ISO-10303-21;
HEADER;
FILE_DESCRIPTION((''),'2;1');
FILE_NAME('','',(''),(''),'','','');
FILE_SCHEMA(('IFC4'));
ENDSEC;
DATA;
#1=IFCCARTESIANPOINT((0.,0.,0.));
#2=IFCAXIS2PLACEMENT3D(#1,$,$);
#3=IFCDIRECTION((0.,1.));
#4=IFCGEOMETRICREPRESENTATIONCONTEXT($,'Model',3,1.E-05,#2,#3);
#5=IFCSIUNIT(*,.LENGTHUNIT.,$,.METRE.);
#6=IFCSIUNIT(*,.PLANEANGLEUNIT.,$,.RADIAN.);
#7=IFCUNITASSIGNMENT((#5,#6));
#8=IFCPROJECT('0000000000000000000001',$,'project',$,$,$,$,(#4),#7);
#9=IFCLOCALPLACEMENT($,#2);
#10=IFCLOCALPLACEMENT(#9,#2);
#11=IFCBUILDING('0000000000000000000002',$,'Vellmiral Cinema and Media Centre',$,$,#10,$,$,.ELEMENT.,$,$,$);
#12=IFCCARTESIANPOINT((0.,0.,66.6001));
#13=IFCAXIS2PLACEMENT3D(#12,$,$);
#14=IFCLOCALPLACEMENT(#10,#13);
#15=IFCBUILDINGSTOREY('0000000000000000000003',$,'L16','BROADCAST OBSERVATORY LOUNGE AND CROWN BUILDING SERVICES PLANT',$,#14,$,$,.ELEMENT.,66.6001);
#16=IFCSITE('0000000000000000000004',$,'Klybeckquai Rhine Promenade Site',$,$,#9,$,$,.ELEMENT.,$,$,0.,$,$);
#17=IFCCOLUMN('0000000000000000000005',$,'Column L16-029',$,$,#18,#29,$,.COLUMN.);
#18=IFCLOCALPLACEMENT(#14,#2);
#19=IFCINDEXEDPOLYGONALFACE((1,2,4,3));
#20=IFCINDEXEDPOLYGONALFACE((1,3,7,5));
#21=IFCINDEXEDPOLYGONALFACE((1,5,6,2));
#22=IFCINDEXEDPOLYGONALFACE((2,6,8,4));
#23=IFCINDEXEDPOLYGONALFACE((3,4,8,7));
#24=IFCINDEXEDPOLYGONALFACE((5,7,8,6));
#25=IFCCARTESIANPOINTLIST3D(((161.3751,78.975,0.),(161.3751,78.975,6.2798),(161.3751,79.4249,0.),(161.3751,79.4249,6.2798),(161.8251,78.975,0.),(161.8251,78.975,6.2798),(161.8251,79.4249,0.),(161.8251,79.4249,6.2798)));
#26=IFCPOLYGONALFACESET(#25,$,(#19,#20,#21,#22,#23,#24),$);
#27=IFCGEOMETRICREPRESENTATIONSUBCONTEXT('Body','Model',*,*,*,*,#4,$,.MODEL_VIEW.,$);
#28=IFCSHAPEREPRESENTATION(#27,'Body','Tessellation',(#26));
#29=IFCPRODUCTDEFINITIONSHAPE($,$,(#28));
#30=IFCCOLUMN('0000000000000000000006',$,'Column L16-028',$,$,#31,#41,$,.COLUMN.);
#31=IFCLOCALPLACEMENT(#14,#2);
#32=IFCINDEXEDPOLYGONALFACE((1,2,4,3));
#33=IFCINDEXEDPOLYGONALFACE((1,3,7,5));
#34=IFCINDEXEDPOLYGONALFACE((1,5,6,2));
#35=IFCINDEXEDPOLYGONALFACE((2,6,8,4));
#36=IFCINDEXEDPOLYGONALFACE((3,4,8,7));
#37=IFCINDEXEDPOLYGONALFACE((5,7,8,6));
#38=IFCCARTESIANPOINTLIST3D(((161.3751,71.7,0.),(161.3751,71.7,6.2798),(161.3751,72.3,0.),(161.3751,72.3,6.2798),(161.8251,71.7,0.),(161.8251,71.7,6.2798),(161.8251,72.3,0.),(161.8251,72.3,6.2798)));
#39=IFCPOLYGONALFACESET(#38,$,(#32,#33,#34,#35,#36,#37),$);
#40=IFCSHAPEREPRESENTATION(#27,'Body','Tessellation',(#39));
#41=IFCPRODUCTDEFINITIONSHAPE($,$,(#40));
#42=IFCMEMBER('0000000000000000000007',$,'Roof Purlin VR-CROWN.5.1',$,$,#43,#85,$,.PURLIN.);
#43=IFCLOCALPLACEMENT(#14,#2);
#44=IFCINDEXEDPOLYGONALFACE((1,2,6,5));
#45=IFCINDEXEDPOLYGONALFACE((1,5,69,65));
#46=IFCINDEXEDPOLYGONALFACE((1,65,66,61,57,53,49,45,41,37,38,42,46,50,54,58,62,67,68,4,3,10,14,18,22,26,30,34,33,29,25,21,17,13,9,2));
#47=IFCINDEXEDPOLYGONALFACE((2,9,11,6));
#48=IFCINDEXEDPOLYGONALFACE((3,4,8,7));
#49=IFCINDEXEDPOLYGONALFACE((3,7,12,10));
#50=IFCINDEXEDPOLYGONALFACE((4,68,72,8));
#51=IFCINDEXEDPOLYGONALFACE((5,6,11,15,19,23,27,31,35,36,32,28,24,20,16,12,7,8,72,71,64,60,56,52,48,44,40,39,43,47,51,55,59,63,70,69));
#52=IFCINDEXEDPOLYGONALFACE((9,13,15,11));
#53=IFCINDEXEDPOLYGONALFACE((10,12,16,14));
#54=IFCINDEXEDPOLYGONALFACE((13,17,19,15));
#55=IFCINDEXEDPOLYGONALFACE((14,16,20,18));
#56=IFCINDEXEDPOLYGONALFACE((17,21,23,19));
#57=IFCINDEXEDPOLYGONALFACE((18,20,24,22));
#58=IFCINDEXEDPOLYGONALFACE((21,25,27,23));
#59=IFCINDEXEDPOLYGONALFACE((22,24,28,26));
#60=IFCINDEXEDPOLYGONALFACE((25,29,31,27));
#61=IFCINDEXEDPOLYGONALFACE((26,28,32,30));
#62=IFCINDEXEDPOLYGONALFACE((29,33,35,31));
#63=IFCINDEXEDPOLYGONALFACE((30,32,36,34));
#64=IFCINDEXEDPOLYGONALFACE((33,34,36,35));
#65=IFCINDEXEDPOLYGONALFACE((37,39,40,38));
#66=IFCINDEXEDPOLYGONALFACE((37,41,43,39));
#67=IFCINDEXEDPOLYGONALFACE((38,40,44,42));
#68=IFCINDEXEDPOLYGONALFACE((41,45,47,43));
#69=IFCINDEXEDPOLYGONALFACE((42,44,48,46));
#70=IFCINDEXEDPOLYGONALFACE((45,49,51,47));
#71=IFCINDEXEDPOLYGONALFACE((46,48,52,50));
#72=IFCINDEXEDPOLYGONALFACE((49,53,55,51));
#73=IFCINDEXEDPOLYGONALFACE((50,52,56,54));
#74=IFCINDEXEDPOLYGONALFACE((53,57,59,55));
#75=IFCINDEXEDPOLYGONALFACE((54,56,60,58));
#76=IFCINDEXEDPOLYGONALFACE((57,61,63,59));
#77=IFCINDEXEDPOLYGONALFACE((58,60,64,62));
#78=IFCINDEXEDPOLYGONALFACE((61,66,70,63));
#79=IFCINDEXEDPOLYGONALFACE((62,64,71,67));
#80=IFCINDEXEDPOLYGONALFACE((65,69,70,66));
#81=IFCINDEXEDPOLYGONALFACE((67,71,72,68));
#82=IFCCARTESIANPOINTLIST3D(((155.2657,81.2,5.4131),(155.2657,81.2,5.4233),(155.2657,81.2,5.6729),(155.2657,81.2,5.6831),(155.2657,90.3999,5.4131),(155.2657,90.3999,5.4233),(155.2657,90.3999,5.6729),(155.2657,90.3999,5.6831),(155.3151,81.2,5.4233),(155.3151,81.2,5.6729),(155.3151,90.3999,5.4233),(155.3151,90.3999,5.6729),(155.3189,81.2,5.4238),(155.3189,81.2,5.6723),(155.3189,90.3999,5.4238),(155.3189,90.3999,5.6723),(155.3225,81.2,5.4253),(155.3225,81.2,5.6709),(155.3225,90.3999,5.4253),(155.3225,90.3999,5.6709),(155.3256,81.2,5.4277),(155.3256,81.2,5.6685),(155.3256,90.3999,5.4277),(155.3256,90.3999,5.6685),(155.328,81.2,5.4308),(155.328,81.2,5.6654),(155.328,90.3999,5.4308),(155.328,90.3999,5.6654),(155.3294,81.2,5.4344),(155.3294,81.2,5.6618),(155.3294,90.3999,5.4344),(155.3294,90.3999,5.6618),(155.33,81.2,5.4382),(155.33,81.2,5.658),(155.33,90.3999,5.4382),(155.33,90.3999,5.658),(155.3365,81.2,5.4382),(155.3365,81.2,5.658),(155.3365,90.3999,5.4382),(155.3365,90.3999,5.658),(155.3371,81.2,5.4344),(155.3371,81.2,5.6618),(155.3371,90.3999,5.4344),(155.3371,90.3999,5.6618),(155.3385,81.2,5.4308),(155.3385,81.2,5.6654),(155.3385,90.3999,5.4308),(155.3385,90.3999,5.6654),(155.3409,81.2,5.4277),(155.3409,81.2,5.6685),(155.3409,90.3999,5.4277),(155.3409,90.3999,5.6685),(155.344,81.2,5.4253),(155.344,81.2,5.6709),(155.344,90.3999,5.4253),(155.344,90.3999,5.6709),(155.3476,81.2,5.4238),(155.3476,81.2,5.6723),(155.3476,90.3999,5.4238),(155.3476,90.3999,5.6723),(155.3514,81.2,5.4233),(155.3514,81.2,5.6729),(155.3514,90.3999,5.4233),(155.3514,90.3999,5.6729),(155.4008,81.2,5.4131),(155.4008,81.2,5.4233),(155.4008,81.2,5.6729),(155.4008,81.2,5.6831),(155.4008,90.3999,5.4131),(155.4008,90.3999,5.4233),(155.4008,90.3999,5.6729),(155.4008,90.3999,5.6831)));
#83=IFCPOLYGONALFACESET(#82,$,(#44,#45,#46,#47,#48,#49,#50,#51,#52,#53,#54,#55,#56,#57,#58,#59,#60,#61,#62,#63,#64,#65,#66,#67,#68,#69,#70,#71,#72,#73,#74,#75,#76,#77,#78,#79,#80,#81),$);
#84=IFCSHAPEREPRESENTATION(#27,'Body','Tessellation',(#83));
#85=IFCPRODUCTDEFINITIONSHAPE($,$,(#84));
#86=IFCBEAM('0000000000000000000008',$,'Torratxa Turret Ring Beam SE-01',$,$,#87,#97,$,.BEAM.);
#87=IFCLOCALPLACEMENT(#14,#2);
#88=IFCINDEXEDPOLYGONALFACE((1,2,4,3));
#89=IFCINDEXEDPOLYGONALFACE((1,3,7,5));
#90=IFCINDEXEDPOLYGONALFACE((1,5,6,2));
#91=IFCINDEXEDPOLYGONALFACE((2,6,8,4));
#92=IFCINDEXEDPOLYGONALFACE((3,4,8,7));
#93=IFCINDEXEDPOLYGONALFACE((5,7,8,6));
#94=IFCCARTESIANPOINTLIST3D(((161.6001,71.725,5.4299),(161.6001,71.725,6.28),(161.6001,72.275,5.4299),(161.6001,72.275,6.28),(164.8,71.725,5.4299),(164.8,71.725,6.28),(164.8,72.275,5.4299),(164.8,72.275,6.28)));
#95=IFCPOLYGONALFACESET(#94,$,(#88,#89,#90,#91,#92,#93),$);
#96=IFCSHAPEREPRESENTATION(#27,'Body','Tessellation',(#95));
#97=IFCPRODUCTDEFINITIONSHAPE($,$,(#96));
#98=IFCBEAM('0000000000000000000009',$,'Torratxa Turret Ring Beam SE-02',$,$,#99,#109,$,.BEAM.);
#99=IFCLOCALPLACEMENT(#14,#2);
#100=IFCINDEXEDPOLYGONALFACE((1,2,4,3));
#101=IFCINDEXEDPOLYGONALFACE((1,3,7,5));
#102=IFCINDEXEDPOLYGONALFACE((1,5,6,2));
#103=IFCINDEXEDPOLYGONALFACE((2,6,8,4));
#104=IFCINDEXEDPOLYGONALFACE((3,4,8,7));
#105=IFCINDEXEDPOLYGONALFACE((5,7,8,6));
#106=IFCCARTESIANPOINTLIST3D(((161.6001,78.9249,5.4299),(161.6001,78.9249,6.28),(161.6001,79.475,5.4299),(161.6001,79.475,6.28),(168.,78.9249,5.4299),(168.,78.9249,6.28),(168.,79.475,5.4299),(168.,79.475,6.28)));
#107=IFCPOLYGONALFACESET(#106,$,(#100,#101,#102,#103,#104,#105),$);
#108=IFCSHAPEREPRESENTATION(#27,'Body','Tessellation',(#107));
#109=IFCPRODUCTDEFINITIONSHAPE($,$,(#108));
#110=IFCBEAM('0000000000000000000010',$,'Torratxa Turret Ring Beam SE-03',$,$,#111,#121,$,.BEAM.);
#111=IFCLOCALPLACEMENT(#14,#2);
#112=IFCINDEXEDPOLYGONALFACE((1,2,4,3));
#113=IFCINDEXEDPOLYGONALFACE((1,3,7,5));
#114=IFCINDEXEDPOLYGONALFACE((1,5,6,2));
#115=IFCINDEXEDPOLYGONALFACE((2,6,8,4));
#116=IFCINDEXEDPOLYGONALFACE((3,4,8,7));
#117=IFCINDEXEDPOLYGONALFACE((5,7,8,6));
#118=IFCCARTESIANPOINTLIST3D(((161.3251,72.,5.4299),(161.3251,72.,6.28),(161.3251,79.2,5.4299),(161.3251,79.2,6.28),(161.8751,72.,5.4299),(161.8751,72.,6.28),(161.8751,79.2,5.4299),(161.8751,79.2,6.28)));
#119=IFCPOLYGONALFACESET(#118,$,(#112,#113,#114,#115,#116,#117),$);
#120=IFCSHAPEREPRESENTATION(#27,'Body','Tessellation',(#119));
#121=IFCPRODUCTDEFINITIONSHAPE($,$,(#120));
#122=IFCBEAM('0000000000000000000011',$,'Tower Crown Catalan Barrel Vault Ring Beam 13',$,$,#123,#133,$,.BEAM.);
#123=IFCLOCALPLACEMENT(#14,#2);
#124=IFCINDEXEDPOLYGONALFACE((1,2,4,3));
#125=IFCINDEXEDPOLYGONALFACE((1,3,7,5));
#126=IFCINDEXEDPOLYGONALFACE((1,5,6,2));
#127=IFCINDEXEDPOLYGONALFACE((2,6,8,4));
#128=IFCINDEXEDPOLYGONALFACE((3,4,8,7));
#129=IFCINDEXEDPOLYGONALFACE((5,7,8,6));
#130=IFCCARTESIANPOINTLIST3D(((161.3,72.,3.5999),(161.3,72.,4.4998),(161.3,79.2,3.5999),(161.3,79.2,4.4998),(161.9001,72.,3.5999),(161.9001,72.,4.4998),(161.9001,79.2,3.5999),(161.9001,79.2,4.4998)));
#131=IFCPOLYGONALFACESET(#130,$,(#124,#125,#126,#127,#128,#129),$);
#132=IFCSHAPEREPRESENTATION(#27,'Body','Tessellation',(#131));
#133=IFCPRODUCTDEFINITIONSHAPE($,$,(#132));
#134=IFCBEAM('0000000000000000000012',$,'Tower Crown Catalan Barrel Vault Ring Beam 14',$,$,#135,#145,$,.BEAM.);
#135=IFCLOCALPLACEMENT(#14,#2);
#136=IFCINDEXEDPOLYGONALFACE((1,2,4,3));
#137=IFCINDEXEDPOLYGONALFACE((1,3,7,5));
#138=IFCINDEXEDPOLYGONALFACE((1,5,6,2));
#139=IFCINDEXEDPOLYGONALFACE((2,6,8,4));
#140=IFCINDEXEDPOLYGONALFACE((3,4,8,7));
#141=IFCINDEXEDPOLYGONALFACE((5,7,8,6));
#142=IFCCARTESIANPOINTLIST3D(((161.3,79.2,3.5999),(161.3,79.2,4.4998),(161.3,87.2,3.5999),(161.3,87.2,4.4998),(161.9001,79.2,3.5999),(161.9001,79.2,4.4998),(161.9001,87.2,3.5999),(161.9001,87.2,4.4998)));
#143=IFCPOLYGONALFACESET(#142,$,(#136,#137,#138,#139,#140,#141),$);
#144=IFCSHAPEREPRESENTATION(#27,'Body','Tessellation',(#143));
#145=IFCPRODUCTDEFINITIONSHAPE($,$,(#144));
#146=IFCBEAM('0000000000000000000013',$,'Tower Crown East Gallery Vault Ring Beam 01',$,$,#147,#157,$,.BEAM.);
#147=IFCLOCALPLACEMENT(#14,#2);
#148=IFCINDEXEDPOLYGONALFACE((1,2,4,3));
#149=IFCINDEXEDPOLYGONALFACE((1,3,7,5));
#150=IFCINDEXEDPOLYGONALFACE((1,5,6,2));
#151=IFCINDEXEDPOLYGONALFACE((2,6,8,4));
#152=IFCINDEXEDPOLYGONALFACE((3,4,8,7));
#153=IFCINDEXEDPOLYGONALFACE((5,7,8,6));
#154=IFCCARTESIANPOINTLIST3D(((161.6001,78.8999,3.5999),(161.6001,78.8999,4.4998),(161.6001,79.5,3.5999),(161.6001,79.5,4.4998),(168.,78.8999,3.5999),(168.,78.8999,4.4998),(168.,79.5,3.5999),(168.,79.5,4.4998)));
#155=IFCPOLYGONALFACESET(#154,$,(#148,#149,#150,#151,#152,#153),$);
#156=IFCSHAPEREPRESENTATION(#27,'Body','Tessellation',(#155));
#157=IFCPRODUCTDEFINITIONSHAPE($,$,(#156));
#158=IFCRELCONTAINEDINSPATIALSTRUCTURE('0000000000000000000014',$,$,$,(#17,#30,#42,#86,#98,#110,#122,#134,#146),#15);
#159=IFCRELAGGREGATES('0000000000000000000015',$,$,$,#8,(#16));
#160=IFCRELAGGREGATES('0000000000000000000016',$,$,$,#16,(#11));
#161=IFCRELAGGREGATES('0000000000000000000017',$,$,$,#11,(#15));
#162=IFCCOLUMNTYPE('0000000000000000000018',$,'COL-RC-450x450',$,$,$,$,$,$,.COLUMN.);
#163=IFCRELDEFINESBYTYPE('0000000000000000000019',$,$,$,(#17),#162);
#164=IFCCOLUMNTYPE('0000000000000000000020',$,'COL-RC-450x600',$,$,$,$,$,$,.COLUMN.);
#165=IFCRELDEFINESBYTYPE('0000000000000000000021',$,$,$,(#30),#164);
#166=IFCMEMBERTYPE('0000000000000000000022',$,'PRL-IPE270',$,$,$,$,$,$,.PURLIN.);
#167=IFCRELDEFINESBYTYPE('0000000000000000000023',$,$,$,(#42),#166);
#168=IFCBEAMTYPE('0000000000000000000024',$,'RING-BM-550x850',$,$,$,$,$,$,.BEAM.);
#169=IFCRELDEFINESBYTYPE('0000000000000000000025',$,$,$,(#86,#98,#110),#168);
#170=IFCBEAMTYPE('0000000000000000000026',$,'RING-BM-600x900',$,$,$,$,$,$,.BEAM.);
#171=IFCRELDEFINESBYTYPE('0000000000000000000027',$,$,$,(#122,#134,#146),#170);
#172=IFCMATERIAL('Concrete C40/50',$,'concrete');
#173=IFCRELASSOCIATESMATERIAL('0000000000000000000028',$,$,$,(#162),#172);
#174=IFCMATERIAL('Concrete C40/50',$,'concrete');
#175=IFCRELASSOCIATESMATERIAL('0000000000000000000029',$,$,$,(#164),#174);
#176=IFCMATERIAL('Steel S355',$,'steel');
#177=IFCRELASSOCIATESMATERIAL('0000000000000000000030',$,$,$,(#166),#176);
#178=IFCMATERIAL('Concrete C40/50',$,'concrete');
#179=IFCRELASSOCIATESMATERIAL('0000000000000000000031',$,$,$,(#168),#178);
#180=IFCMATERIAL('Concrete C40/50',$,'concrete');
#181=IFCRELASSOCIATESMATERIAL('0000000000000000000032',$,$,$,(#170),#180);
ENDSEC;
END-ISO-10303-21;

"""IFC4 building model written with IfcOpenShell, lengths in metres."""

from ifc_helpers import new_model, si_unit, direction, frame, origin, origin_2d, place, context, subcontext, project, spatial, rectangle, i_section, extrude, material, material_profile, profile_set, type_object, element, save


model = new_model("IFC4")

# Units and contexts
model_context = context("Model", 3, precision=1e-05, world=origin(), true_north=direction((0.0, 1.0)))
body_context = subcontext(model_context, "Body", "Model", "MODEL_VIEW")
ifc_project = project(units=[si_unit("LENGTHUNIT", "METRE"), si_unit("PLANEANGLEUNIT", "RADIAN")], contexts=[model_context])

# Site, building, storey
site_placement = place(None, origin())
site = spatial("IfcSite", under=ifc_project, at=site_placement, Name="Klybeckquai Rhine Promenade Site", CompositionType="ELEMENT", RefElevation=0.0)
building_placement = place(site_placement, origin())
building = spatial("IfcBuilding", under=site, at=building_placement, Name="Vellmiral Cinema and Media Centre", CompositionType="ELEMENT")
storey_placement = place(building_placement, frame((0.0, 0.0, 66.6001)))
storey = spatial("IfcBuildingStorey", under=building, at=storey_placement, Name="L16", Description="BROADCAST OBSERVATORY LOUNGE AND CROWN BUILDING SERVICES PLANT", CompositionType="ELEMENT", Elevation=66.6001)

# Columns
ifc_material_1 = material(Name="Concrete C40/50", Category="concrete")
ifc_material_profile_1 = material_profile(ifc_material_1, rectangle(XDim=0.45, YDim=0.45, at=origin_2d()), Name="RC 450x450")
ifc_profile_set_1 = profile_set([ifc_material_profile_1], Name="Concrete C40/50")
column_type_1 = type_object("IfcColumnType", Name="COL-RC-450x450", PredefinedType="COLUMN", material=ifc_profile_set_1)
column_1_placement = place(storey_placement, frame((161.6001, 79.2, 0.0), z_axis=(0.0, 0.0, 1.0), x_axis=(1.0, 0.0, 0.0)))
element("IfcColumn", 1, at=column_1_placement, inside=storey, type_object=column_type_1, Name="Column L16-029", PredefinedType="COLUMN", context=body_context, shape_type="SweptSolid", body=[
    extrude(rectangle(XDim=0.45, YDim=0.45, at=origin_2d()), origin(), (0.0, 0.0, 1.0), 6.2798),
])
ifc_material_2 = material(Name="Concrete C40/50", Category="concrete")
ifc_material_profile_2 = material_profile(ifc_material_2, rectangle(XDim=0.45, YDim=0.6001, at=origin_2d()), Name="RC 450x600")
ifc_profile_set_2 = profile_set([ifc_material_profile_2], Name="Concrete C40/50")
column_type_2 = type_object("IfcColumnType", Name="COL-RC-450x600", PredefinedType="COLUMN", material=ifc_profile_set_2)
column_2_placement = place(storey_placement, frame((161.6001, 72.0, 0.0), z_axis=(0.0, 0.0, 1.0), x_axis=(1.0, 0.0, 0.0)))
element("IfcColumn", 2, at=column_2_placement, inside=storey, type_object=column_type_2, Name="Column L16-028", PredefinedType="COLUMN", context=body_context, shape_type="SweptSolid", body=[
    extrude(rectangle(XDim=0.45, YDim=0.6001, at=origin_2d()), origin(), (0.0, 0.0, 1.0), 6.2798),
])

# Member
ifc_material_3 = material(Name="Steel S355", Category="steel")
ifc_material_profile_3 = material_profile(ifc_material_3, i_section(OverallWidth=0.135, OverallDepth=0.27, WebThickness=0.0066, FlangeThickness=0.0103, FilletRadius=0.0149, at=origin_2d()), Name="IPE 270")
ifc_profile_set_3 = profile_set([ifc_material_profile_3], Name="Steel S355")
member_type_1 = type_object("IfcMemberType", Name="PRL-IPE270", PredefinedType="PURLIN", material=ifc_profile_set_3)
member_1_placement = place(storey_placement, frame((155.3333, 81.2, 5.5481), z_axis=(0.0, 1.0, 0.0), x_axis=(-1.0, 0.0, 0.0)))
element("IfcMember", 3, at=member_1_placement, inside=storey, type_object=member_type_1, Name="Roof Purlin VR-CROWN.5.1", PredefinedType="PURLIN", context=body_context, shape_type="SweptSolid", body=[
    extrude(i_section(OverallWidth=0.135, OverallDepth=0.27, WebThickness=0.0066, FlangeThickness=0.0103, FilletRadius=0.0149, at=origin_2d()), origin(), (0.0, 0.0, 1.0), 9.2),
])

# Beams
ifc_material_4 = material(Name="Concrete C40/50", Category="concrete")
ifc_material_profile_4 = material_profile(ifc_material_4, rectangle(XDim=0.55, YDim=0.8501, at=origin_2d()), Name="RC 550x850")
ifc_profile_set_4 = profile_set([ifc_material_profile_4], Name="Concrete C40/50")
beam_type_1 = type_object("IfcBeamType", Name="RING-BM-550x850", PredefinedType="BEAM", material=ifc_profile_set_4)
beam_1_placement = place(storey_placement, frame((161.6001, 72.0, 5.855), z_axis=(1.0, 0.0, 0.0), x_axis=(0.0, 1.0, 0.0)))
element("IfcBeam", 4, at=beam_1_placement, inside=storey, type_object=beam_type_1, Name="Torratxa Turret Ring Beam SE-01", PredefinedType="BEAM", context=body_context, shape_type="SweptSolid", body=[
    extrude(rectangle(XDim=0.55, YDim=0.8501, at=origin_2d()), origin(), (0.0, 0.0, 1.0), 3.2),
])
beam_2_placement = place(storey_placement, frame((161.6001, 79.2, 5.855), z_axis=(1.0, 0.0, 0.0), x_axis=(0.0, 1.0, 0.0)))
element("IfcBeam", 5, at=beam_2_placement, inside=storey, type_object=beam_type_1, Name="Torratxa Turret Ring Beam SE-02", PredefinedType="BEAM", context=body_context, shape_type="SweptSolid", body=[
    extrude(rectangle(XDim=0.55, YDim=0.8501, at=origin_2d()), origin(), (0.0, 0.0, 1.0), 6.3999),
])
beam_3_placement = place(storey_placement, frame((161.6001, 72.0, 5.855), z_axis=(0.0, 1.0, 0.0), x_axis=(-1.0, 0.0, 0.0)))
element("IfcBeam", 6, at=beam_3_placement, inside=storey, type_object=beam_type_1, Name="Torratxa Turret Ring Beam SE-03", PredefinedType="BEAM", context=body_context, shape_type="SweptSolid", body=[
    extrude(rectangle(XDim=0.55, YDim=0.8501, at=origin_2d()), origin(), (0.0, 0.0, 1.0), 7.2),
])
ifc_material_5 = material(Name="Concrete C40/50", Category="concrete")
ifc_material_profile_5 = material_profile(ifc_material_5, rectangle(XDim=0.6001, YDim=0.8999, at=origin_2d()), Name="RC 600x900")
ifc_profile_set_5 = profile_set([ifc_material_profile_5], Name="Concrete C40/50")
beam_type_2 = type_object("IfcBeamType", Name="RING-BM-600x900", PredefinedType="BEAM", material=ifc_profile_set_5)
beam_4_placement = place(storey_placement, frame((161.6001, 72.0, 4.0498), z_axis=(0.0, 1.0, 0.0), x_axis=(-1.0, 0.0, 0.0)))
element("IfcBeam", 7, at=beam_4_placement, inside=storey, type_object=beam_type_2, Name="Tower Crown Catalan Barrel Vault Ring Beam 13", PredefinedType="BEAM", context=body_context, shape_type="SweptSolid", body=[
    extrude(rectangle(XDim=0.6001, YDim=0.8999, at=origin_2d()), origin(), (0.0, 0.0, 1.0), 7.2),
])
beam_5_placement = place(storey_placement, frame((161.6001, 79.2, 4.0498), z_axis=(0.0, 1.0, 0.0), x_axis=(-1.0, 0.0, 0.0)))
element("IfcBeam", 8, at=beam_5_placement, inside=storey, type_object=beam_type_2, Name="Tower Crown Catalan Barrel Vault Ring Beam 14", PredefinedType="BEAM", context=body_context, shape_type="SweptSolid", body=[
    extrude(rectangle(XDim=0.6001, YDim=0.8999, at=origin_2d()), origin(), (0.0, 0.0, 1.0), 8.0),
])
beam_6_placement = place(storey_placement, frame((161.6001, 79.2, 4.0498), z_axis=(1.0, 0.0, 0.0), x_axis=(0.0, 1.0, 0.0)))
element("IfcBeam", 9, at=beam_6_placement, inside=storey, type_object=beam_type_2, Name="Tower Crown East Gallery Vault Ring Beam 01", PredefinedType="BEAM", context=body_context, shape_type="SweptSolid", body=[
    extrude(rectangle(XDim=0.6001, YDim=0.8999, at=origin_2d()), origin(), (0.0, 0.0, 1.0), 6.3999),
])

save(model, "model.ifc")
